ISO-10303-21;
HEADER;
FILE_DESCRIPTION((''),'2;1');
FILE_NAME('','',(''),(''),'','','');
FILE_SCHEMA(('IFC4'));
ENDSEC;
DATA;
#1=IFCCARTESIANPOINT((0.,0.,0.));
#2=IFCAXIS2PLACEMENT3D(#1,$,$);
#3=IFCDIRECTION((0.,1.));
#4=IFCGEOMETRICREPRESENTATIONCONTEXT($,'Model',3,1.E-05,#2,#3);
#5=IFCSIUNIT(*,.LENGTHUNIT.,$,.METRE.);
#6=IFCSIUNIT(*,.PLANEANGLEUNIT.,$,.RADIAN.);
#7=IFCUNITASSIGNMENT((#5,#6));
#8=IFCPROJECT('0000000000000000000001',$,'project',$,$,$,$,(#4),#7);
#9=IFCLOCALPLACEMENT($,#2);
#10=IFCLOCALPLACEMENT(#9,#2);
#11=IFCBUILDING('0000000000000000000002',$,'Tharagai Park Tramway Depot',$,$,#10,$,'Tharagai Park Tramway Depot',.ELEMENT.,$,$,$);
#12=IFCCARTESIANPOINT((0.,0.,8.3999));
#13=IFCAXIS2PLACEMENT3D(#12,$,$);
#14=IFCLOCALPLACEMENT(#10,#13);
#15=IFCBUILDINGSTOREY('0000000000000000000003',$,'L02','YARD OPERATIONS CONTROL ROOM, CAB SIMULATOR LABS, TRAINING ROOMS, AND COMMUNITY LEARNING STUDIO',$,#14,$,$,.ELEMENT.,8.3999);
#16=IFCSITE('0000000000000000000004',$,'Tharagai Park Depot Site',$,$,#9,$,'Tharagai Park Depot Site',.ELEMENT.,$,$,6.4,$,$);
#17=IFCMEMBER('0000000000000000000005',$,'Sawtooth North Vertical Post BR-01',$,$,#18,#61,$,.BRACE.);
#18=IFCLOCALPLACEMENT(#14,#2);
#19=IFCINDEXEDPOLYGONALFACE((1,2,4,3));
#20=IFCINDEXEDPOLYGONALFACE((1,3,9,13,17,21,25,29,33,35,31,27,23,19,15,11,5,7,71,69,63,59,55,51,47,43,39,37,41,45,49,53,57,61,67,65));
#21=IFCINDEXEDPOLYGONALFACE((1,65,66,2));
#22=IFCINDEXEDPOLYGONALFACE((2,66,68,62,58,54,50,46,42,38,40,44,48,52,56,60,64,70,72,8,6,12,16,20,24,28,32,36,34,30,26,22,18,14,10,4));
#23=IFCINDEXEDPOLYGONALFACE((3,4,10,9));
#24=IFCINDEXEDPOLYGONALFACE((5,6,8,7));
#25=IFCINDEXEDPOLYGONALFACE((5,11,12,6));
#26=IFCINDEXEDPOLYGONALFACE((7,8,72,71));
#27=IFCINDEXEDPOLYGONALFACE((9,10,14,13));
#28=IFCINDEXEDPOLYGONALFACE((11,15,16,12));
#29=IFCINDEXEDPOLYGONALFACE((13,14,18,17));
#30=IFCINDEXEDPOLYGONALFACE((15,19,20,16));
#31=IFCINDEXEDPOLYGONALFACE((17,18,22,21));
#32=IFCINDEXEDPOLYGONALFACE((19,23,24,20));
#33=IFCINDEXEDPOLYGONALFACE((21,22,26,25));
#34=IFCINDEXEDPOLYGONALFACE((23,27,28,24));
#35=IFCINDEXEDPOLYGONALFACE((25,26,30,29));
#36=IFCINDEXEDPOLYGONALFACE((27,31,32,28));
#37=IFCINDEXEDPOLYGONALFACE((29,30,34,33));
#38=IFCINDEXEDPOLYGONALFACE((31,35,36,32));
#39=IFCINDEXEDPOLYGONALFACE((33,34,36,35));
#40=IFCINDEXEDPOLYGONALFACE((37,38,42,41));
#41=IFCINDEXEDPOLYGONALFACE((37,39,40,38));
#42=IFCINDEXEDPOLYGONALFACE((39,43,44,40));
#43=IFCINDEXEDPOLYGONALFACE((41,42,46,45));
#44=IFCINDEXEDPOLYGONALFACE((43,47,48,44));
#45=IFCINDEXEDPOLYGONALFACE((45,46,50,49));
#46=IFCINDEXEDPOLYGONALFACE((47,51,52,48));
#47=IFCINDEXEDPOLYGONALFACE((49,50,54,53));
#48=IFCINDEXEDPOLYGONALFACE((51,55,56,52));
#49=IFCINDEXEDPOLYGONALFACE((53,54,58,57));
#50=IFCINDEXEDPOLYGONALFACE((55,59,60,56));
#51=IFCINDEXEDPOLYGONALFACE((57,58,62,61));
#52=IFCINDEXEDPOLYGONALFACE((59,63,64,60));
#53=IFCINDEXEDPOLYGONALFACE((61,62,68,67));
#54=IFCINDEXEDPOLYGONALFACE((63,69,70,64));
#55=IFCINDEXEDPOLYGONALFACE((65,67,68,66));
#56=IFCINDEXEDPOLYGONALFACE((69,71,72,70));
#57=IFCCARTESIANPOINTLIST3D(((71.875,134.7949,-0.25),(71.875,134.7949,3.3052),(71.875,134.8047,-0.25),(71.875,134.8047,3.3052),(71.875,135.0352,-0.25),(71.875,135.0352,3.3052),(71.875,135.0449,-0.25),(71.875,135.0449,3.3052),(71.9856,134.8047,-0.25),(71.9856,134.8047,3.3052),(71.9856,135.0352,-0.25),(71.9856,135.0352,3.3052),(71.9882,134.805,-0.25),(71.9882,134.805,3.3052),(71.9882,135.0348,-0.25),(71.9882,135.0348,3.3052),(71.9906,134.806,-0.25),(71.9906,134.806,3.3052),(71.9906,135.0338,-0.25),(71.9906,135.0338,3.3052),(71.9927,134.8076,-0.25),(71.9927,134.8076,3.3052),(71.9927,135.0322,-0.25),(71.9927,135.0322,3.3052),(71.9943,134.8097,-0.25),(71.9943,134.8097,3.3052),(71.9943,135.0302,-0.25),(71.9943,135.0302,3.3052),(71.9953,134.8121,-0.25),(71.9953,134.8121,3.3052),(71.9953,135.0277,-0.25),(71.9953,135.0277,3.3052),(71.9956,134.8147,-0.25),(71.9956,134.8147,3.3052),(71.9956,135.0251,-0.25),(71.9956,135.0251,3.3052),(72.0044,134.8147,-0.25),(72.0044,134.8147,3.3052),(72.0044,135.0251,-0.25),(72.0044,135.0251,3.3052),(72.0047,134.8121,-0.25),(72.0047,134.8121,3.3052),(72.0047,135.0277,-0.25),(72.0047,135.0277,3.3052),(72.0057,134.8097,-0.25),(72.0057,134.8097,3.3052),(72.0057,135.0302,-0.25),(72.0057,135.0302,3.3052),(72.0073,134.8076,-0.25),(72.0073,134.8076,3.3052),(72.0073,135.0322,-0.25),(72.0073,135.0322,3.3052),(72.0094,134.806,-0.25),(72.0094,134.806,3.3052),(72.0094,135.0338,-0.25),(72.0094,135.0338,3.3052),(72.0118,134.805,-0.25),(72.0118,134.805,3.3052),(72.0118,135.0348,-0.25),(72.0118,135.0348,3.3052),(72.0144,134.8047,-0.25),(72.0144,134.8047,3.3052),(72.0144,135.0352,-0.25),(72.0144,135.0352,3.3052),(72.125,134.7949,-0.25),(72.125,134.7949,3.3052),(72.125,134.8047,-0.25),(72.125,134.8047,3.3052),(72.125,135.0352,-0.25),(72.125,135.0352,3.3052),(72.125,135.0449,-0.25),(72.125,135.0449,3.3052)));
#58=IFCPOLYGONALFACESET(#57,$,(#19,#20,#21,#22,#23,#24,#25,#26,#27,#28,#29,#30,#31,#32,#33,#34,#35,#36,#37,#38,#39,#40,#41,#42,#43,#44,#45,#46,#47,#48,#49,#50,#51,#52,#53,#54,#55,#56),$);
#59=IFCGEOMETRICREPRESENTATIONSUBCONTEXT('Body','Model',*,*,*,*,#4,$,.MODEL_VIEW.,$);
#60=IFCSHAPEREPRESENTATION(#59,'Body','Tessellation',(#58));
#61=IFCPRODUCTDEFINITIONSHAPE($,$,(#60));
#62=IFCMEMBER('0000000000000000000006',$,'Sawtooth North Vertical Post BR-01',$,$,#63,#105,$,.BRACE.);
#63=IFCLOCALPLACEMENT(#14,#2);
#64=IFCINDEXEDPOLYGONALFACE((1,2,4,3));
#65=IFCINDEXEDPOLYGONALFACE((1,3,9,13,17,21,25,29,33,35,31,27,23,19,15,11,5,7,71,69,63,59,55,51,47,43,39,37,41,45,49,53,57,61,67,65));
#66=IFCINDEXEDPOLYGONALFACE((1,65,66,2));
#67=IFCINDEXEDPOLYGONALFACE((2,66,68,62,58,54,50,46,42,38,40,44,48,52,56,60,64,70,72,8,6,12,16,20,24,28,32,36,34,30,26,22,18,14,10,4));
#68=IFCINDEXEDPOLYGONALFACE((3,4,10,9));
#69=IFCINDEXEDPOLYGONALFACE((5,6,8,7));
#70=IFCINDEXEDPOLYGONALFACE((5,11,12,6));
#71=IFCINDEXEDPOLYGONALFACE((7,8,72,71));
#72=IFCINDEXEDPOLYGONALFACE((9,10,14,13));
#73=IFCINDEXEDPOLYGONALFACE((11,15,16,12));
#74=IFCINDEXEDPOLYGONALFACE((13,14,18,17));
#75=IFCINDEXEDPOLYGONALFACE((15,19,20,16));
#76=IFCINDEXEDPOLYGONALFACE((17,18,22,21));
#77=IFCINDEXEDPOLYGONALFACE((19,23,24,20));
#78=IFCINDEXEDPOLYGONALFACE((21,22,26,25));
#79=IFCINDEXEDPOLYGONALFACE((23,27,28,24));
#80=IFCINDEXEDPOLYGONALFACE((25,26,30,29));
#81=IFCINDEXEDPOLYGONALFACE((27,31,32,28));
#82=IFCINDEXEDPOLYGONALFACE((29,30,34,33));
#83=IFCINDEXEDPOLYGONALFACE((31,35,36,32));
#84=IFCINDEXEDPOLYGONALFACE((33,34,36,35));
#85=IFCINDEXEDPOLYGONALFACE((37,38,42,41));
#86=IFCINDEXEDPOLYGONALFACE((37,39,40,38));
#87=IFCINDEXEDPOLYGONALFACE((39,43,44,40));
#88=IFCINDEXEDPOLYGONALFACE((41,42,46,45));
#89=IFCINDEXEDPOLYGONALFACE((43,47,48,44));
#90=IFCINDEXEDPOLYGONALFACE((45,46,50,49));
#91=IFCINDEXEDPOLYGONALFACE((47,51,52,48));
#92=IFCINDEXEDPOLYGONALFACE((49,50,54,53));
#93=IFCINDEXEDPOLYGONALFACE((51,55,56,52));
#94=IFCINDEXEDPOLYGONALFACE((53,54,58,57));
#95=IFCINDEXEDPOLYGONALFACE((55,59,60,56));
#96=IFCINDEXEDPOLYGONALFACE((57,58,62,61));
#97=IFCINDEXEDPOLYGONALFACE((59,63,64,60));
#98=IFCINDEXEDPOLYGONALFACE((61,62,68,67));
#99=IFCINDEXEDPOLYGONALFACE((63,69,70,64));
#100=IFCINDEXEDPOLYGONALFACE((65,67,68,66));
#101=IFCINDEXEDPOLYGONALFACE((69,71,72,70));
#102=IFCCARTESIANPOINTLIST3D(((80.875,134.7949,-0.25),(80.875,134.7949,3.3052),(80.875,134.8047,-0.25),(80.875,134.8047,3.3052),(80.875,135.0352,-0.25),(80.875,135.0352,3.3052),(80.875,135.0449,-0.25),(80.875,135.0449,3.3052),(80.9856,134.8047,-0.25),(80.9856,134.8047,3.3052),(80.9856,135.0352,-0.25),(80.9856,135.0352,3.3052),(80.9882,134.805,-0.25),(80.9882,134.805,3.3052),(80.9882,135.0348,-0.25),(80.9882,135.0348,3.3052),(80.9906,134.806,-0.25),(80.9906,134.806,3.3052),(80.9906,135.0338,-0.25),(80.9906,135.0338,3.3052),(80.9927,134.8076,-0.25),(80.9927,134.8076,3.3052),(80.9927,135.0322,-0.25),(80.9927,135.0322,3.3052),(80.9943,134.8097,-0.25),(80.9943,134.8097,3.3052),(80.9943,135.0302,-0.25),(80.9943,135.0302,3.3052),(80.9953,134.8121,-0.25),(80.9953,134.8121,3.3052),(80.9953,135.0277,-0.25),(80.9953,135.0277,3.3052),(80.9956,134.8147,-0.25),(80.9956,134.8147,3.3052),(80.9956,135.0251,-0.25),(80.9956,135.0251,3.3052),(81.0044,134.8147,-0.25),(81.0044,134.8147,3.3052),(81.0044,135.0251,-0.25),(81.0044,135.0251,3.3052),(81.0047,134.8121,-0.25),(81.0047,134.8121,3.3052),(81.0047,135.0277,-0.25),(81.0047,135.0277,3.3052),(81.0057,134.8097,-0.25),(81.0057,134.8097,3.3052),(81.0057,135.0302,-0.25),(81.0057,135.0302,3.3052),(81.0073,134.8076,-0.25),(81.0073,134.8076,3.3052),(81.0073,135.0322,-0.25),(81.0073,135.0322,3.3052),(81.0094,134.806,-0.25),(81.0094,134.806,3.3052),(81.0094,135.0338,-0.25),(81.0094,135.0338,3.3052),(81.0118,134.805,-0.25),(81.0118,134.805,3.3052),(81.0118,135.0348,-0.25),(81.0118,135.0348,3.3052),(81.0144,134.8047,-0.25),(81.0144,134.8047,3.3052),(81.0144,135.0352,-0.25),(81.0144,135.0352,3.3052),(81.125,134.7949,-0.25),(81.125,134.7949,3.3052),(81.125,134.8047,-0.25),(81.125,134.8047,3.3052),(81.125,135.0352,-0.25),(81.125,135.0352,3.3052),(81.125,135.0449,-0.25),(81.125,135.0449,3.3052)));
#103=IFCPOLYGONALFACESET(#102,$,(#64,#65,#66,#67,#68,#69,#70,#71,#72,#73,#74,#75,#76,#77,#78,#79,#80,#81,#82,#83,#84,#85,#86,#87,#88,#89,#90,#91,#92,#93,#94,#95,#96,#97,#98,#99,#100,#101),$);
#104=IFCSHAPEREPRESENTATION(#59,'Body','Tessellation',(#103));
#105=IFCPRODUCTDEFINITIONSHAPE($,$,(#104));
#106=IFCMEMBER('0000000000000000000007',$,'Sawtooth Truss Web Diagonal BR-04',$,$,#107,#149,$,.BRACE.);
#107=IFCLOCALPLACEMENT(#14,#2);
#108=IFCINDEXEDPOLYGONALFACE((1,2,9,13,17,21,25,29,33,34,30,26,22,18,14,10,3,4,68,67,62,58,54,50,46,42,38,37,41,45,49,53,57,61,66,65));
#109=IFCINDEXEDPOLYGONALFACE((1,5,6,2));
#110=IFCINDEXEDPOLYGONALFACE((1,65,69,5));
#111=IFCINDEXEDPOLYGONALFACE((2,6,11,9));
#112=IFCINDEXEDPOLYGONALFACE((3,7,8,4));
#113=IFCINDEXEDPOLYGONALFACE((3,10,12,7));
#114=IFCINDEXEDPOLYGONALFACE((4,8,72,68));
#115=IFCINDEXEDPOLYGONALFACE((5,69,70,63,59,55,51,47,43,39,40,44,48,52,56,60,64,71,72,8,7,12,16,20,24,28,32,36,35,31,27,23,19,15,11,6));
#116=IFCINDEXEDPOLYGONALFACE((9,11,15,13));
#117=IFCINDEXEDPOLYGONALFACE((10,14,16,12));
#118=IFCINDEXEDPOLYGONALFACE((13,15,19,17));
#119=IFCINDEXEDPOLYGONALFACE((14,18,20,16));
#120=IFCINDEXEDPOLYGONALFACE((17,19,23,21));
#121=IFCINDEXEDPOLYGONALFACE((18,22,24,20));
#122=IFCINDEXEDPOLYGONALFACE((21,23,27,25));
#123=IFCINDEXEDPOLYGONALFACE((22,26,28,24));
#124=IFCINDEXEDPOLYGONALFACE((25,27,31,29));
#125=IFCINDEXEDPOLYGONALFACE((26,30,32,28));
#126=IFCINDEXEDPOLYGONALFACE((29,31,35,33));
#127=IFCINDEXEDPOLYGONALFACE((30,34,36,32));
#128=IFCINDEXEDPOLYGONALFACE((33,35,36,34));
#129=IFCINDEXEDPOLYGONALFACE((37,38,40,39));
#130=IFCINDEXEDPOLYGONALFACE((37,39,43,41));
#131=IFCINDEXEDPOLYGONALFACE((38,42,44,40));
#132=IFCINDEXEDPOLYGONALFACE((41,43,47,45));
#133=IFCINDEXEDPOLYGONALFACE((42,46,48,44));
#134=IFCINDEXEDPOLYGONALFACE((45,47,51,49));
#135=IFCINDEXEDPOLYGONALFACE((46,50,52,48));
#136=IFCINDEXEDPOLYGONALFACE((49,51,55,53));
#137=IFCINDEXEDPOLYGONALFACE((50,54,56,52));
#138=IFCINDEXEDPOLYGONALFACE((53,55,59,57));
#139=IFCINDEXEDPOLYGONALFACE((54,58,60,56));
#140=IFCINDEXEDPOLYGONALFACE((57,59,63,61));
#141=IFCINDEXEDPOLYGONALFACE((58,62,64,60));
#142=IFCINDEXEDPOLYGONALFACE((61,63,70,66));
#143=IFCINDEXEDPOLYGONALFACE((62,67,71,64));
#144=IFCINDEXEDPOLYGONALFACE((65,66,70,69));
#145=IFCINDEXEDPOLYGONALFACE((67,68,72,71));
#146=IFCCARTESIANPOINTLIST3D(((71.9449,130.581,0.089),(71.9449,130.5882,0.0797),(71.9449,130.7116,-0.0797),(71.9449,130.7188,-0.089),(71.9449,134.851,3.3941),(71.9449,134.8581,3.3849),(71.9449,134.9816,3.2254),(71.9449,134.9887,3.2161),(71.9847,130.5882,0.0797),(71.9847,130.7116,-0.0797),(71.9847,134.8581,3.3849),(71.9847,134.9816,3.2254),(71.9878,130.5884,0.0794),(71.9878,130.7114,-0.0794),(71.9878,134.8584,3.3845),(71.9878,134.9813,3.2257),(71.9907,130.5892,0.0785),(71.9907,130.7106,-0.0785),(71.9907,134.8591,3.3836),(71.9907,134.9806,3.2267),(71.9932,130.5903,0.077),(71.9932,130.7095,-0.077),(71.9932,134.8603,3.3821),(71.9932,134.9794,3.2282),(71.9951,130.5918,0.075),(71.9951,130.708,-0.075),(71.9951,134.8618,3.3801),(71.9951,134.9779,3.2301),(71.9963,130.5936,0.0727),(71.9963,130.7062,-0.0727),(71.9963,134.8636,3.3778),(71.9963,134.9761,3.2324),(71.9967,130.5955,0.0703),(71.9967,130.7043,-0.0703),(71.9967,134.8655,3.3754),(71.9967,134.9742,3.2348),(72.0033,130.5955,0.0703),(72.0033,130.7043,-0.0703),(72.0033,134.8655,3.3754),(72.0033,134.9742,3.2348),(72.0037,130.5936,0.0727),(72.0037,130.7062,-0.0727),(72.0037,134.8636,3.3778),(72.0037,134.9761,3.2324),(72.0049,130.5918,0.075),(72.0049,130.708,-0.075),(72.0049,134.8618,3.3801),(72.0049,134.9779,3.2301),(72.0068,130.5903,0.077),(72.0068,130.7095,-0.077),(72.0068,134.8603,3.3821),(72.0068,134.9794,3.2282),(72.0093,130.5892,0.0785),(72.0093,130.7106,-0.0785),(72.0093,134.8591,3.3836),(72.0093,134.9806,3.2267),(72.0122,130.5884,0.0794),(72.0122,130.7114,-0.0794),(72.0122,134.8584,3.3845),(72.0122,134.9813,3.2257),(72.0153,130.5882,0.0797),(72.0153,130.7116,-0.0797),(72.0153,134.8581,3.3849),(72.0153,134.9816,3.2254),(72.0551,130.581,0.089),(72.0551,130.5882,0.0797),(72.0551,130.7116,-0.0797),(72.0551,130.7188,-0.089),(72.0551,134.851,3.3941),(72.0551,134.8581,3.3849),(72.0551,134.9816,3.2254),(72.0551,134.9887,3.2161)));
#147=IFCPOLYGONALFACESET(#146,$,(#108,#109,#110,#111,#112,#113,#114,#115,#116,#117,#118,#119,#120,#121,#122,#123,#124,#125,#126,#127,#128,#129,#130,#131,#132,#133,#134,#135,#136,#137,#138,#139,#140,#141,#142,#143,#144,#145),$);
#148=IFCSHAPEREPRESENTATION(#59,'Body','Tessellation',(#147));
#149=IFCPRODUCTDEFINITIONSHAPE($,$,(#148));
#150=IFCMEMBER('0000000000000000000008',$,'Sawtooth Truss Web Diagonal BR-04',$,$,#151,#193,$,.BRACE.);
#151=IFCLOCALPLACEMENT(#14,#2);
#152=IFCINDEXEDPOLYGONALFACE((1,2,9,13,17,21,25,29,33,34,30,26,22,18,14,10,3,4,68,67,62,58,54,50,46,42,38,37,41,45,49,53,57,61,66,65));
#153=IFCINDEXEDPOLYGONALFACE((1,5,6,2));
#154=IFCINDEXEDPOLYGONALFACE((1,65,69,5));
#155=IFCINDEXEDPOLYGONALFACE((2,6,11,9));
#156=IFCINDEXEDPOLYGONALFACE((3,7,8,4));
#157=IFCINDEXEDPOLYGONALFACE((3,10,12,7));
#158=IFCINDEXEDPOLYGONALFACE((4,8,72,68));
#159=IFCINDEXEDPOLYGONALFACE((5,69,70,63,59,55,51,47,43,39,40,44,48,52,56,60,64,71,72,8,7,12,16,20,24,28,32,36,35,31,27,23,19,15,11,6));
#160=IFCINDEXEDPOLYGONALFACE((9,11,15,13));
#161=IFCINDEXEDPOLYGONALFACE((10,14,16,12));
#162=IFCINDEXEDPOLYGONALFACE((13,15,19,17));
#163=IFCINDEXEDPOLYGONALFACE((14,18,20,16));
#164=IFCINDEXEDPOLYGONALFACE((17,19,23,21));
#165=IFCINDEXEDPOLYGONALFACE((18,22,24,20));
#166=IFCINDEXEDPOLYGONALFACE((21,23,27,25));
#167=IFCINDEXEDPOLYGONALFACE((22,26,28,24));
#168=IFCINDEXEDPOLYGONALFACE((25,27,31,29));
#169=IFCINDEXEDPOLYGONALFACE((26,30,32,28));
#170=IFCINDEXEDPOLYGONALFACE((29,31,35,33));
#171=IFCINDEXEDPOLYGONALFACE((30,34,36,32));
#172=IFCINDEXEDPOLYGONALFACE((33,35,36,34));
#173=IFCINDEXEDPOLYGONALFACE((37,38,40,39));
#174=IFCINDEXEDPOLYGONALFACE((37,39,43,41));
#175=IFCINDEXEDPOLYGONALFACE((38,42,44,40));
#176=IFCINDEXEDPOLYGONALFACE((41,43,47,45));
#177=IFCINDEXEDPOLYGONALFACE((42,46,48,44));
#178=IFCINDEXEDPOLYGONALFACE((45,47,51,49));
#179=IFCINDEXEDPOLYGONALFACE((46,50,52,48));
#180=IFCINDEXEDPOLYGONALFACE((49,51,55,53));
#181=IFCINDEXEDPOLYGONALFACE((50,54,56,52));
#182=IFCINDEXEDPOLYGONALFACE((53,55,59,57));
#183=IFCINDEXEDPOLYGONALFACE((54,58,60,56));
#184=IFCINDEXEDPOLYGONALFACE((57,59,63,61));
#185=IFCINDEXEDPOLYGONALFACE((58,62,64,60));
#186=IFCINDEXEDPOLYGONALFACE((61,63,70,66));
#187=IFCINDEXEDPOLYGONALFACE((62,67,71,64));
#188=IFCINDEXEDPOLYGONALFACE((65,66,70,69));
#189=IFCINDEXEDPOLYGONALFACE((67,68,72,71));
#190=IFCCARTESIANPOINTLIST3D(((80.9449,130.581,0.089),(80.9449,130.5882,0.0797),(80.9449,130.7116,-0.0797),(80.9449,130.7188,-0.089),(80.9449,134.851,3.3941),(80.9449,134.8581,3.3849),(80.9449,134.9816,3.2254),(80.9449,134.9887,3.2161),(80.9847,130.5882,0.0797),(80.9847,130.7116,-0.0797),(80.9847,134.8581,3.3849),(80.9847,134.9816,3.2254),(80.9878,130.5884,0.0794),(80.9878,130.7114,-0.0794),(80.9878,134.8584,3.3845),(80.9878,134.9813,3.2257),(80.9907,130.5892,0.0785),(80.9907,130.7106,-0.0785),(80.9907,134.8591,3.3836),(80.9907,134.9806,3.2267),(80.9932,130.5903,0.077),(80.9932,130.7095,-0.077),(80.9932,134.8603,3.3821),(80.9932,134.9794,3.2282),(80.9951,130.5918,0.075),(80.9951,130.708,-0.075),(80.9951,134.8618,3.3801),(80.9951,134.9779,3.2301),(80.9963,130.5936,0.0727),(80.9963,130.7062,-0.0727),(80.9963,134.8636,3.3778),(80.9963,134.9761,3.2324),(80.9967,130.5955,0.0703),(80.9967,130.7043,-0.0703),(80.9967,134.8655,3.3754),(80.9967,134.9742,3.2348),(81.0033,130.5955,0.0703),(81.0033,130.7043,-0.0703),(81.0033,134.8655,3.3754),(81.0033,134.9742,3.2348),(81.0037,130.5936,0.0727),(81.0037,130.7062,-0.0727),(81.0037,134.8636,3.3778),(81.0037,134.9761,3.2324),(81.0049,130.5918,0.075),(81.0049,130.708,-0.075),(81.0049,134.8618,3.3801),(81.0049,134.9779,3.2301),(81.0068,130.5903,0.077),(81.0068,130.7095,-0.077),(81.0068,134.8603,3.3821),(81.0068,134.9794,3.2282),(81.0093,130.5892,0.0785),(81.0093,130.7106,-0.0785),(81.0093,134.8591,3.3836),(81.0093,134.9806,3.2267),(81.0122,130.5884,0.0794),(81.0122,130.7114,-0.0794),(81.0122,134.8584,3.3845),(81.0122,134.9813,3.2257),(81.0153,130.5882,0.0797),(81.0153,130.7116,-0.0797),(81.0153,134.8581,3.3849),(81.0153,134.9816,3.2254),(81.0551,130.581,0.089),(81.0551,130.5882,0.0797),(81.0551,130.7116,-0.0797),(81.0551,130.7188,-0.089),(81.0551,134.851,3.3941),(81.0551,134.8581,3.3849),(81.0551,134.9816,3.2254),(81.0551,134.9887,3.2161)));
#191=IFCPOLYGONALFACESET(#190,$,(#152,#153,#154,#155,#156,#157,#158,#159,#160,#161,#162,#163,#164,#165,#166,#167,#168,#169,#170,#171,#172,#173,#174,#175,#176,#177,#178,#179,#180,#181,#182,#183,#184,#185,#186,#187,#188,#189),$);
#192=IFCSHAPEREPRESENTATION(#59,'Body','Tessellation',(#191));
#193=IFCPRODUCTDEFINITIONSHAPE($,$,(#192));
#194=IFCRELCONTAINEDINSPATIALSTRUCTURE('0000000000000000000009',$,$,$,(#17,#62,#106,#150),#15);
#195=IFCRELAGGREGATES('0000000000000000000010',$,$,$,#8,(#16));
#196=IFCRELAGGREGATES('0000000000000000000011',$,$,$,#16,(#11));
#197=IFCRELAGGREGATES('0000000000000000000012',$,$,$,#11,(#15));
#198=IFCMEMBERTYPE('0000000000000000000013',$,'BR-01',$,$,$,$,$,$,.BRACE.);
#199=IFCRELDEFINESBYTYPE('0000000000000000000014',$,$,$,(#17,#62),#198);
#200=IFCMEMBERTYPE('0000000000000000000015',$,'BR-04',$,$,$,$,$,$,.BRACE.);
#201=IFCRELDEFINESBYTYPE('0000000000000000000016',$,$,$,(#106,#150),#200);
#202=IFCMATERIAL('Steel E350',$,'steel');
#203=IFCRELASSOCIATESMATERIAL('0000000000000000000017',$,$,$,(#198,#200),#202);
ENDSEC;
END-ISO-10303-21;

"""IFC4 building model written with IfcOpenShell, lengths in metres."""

from ifc_helpers import new_model, si_unit, direction, frame, origin, origin_2d, place, context, subcontext, project, spatial, i_section, extrude, material, material_profile, profile_set, type_object, element, save


model = new_model("IFC4")

# Units and contexts
model_context = context("Model", 3, precision=1e-05, world=origin(), true_north=direction((0.0, 1.0)))
body_context = subcontext(model_context, "Body", "Model", "MODEL_VIEW")
ifc_project = project(units=[si_unit("LENGTHUNIT", "METRE"), si_unit("PLANEANGLEUNIT", "RADIAN")], contexts=[model_context])

# Site, building, storey
site_placement = place(None, origin())
site = spatial("IfcSite", under=ifc_project, at=site_placement, Name="Tharagai Park Depot Site", LongName="Tharagai Park Depot Site", CompositionType="ELEMENT", RefElevation=6.4)
building_placement = place(site_placement, origin())
building = spatial("IfcBuilding", under=site, at=building_placement, Name="Tharagai Park Tramway Depot", LongName="Tharagai Park Tramway Depot", CompositionType="ELEMENT")
storey_placement = place(building_placement, frame((0.0, 0.0, 8.3999)))
storey = spatial("IfcBuildingStorey", under=building, at=storey_placement, Name="L02", Description="YARD OPERATIONS CONTROL ROOM, CAB SIMULATOR LABS, TRAINING ROOMS, AND COMMUNITY LEARNING STUDIO", CompositionType="ELEMENT", Elevation=8.3999)

# Members
ifc_material_1 = material(Name="Steel E350", Category="steel")
ifc_material_profile_1 = material_profile(ifc_material_1, i_section(OverallWidth=0.25, OverallDepth=0.25, WebThickness=0.0088, FlangeThickness=0.0098, FilletRadius=0.01, at=origin_2d()), Name="ISHB 250")
ifc_profile_set_1 = profile_set([ifc_material_profile_1], Name="Steel E350")
member_type_1 = type_object("IfcMemberType", Name="BR-01", PredefinedType="BRACE", material=ifc_profile_set_1)
for number, where, z_axis, x_axis, name in (
    (1, (72.0, 134.9199, -0.25), (0.0, 0.0, 1.0), (1.0, 0.0, 0.0), "Sawtooth North Vertical Post BR-01"),
    (2, (81.0, 134.9199, -0.25), (0.0, 0.0, 1.0), (1.0, 0.0, 0.0), "Sawtooth North Vertical Post BR-01"),
):
    element("IfcMember", number, at=place(storey_placement, frame(where, z_axis=z_axis, x_axis=x_axis)), inside=storey, type_object=member_type_1, Name=name, PredefinedType="BRACE", context=body_context, shape_type="SweptSolid", body=[
        extrude(i_section(OverallWidth=0.25, OverallDepth=0.25, WebThickness=0.0088, FlangeThickness=0.0098, FilletRadius=0.01, at=origin_2d()), origin(), (0.0, 0.0, 1.0), 3.5552),
    ])
ifc_material_profile_2 = material_profile(ifc_material_1, i_section(OverallWidth=0.1101, OverallDepth=0.2251, WebThickness=0.0066, FlangeThickness=0.0117, FilletRadius=0.012, at=origin_2d()), Name="ISMB 225")
ifc_profile_set_2 = profile_set([ifc_material_profile_2], Name="Steel E350")
member_type_2 = type_object("IfcMemberType", Name="BR-04", PredefinedType="BRACE", material=ifc_profile_set_2)
for number, where, z_axis, x_axis, name in (
    (3, (72.0, 130.6499, 0.0), (0.0, 0.790782, 0.612098), (-1.0, 0.0, 0.0), "Sawtooth Truss Web Diagonal BR-04"),
    (4, (81.0, 130.6499, 0.0), (0.0, 0.790782, 0.612098), (-1.0, 0.0, 0.0), "Sawtooth Truss Web Diagonal BR-04"),
):
    element("IfcMember", number, at=place(storey_placement, frame(where, z_axis=z_axis, x_axis=x_axis)), inside=storey, type_object=member_type_2, Name=name, PredefinedType="BRACE", context=body_context, shape_type="SweptSolid", body=[
        extrude(i_section(OverallWidth=0.1101, OverallDepth=0.2251, WebThickness=0.0066, FlangeThickness=0.0117, FilletRadius=0.012, at=origin_2d()), origin(), (0.0, 0.0, 1.0), 5.3997),
    ])

save(model, "model.ifc")
